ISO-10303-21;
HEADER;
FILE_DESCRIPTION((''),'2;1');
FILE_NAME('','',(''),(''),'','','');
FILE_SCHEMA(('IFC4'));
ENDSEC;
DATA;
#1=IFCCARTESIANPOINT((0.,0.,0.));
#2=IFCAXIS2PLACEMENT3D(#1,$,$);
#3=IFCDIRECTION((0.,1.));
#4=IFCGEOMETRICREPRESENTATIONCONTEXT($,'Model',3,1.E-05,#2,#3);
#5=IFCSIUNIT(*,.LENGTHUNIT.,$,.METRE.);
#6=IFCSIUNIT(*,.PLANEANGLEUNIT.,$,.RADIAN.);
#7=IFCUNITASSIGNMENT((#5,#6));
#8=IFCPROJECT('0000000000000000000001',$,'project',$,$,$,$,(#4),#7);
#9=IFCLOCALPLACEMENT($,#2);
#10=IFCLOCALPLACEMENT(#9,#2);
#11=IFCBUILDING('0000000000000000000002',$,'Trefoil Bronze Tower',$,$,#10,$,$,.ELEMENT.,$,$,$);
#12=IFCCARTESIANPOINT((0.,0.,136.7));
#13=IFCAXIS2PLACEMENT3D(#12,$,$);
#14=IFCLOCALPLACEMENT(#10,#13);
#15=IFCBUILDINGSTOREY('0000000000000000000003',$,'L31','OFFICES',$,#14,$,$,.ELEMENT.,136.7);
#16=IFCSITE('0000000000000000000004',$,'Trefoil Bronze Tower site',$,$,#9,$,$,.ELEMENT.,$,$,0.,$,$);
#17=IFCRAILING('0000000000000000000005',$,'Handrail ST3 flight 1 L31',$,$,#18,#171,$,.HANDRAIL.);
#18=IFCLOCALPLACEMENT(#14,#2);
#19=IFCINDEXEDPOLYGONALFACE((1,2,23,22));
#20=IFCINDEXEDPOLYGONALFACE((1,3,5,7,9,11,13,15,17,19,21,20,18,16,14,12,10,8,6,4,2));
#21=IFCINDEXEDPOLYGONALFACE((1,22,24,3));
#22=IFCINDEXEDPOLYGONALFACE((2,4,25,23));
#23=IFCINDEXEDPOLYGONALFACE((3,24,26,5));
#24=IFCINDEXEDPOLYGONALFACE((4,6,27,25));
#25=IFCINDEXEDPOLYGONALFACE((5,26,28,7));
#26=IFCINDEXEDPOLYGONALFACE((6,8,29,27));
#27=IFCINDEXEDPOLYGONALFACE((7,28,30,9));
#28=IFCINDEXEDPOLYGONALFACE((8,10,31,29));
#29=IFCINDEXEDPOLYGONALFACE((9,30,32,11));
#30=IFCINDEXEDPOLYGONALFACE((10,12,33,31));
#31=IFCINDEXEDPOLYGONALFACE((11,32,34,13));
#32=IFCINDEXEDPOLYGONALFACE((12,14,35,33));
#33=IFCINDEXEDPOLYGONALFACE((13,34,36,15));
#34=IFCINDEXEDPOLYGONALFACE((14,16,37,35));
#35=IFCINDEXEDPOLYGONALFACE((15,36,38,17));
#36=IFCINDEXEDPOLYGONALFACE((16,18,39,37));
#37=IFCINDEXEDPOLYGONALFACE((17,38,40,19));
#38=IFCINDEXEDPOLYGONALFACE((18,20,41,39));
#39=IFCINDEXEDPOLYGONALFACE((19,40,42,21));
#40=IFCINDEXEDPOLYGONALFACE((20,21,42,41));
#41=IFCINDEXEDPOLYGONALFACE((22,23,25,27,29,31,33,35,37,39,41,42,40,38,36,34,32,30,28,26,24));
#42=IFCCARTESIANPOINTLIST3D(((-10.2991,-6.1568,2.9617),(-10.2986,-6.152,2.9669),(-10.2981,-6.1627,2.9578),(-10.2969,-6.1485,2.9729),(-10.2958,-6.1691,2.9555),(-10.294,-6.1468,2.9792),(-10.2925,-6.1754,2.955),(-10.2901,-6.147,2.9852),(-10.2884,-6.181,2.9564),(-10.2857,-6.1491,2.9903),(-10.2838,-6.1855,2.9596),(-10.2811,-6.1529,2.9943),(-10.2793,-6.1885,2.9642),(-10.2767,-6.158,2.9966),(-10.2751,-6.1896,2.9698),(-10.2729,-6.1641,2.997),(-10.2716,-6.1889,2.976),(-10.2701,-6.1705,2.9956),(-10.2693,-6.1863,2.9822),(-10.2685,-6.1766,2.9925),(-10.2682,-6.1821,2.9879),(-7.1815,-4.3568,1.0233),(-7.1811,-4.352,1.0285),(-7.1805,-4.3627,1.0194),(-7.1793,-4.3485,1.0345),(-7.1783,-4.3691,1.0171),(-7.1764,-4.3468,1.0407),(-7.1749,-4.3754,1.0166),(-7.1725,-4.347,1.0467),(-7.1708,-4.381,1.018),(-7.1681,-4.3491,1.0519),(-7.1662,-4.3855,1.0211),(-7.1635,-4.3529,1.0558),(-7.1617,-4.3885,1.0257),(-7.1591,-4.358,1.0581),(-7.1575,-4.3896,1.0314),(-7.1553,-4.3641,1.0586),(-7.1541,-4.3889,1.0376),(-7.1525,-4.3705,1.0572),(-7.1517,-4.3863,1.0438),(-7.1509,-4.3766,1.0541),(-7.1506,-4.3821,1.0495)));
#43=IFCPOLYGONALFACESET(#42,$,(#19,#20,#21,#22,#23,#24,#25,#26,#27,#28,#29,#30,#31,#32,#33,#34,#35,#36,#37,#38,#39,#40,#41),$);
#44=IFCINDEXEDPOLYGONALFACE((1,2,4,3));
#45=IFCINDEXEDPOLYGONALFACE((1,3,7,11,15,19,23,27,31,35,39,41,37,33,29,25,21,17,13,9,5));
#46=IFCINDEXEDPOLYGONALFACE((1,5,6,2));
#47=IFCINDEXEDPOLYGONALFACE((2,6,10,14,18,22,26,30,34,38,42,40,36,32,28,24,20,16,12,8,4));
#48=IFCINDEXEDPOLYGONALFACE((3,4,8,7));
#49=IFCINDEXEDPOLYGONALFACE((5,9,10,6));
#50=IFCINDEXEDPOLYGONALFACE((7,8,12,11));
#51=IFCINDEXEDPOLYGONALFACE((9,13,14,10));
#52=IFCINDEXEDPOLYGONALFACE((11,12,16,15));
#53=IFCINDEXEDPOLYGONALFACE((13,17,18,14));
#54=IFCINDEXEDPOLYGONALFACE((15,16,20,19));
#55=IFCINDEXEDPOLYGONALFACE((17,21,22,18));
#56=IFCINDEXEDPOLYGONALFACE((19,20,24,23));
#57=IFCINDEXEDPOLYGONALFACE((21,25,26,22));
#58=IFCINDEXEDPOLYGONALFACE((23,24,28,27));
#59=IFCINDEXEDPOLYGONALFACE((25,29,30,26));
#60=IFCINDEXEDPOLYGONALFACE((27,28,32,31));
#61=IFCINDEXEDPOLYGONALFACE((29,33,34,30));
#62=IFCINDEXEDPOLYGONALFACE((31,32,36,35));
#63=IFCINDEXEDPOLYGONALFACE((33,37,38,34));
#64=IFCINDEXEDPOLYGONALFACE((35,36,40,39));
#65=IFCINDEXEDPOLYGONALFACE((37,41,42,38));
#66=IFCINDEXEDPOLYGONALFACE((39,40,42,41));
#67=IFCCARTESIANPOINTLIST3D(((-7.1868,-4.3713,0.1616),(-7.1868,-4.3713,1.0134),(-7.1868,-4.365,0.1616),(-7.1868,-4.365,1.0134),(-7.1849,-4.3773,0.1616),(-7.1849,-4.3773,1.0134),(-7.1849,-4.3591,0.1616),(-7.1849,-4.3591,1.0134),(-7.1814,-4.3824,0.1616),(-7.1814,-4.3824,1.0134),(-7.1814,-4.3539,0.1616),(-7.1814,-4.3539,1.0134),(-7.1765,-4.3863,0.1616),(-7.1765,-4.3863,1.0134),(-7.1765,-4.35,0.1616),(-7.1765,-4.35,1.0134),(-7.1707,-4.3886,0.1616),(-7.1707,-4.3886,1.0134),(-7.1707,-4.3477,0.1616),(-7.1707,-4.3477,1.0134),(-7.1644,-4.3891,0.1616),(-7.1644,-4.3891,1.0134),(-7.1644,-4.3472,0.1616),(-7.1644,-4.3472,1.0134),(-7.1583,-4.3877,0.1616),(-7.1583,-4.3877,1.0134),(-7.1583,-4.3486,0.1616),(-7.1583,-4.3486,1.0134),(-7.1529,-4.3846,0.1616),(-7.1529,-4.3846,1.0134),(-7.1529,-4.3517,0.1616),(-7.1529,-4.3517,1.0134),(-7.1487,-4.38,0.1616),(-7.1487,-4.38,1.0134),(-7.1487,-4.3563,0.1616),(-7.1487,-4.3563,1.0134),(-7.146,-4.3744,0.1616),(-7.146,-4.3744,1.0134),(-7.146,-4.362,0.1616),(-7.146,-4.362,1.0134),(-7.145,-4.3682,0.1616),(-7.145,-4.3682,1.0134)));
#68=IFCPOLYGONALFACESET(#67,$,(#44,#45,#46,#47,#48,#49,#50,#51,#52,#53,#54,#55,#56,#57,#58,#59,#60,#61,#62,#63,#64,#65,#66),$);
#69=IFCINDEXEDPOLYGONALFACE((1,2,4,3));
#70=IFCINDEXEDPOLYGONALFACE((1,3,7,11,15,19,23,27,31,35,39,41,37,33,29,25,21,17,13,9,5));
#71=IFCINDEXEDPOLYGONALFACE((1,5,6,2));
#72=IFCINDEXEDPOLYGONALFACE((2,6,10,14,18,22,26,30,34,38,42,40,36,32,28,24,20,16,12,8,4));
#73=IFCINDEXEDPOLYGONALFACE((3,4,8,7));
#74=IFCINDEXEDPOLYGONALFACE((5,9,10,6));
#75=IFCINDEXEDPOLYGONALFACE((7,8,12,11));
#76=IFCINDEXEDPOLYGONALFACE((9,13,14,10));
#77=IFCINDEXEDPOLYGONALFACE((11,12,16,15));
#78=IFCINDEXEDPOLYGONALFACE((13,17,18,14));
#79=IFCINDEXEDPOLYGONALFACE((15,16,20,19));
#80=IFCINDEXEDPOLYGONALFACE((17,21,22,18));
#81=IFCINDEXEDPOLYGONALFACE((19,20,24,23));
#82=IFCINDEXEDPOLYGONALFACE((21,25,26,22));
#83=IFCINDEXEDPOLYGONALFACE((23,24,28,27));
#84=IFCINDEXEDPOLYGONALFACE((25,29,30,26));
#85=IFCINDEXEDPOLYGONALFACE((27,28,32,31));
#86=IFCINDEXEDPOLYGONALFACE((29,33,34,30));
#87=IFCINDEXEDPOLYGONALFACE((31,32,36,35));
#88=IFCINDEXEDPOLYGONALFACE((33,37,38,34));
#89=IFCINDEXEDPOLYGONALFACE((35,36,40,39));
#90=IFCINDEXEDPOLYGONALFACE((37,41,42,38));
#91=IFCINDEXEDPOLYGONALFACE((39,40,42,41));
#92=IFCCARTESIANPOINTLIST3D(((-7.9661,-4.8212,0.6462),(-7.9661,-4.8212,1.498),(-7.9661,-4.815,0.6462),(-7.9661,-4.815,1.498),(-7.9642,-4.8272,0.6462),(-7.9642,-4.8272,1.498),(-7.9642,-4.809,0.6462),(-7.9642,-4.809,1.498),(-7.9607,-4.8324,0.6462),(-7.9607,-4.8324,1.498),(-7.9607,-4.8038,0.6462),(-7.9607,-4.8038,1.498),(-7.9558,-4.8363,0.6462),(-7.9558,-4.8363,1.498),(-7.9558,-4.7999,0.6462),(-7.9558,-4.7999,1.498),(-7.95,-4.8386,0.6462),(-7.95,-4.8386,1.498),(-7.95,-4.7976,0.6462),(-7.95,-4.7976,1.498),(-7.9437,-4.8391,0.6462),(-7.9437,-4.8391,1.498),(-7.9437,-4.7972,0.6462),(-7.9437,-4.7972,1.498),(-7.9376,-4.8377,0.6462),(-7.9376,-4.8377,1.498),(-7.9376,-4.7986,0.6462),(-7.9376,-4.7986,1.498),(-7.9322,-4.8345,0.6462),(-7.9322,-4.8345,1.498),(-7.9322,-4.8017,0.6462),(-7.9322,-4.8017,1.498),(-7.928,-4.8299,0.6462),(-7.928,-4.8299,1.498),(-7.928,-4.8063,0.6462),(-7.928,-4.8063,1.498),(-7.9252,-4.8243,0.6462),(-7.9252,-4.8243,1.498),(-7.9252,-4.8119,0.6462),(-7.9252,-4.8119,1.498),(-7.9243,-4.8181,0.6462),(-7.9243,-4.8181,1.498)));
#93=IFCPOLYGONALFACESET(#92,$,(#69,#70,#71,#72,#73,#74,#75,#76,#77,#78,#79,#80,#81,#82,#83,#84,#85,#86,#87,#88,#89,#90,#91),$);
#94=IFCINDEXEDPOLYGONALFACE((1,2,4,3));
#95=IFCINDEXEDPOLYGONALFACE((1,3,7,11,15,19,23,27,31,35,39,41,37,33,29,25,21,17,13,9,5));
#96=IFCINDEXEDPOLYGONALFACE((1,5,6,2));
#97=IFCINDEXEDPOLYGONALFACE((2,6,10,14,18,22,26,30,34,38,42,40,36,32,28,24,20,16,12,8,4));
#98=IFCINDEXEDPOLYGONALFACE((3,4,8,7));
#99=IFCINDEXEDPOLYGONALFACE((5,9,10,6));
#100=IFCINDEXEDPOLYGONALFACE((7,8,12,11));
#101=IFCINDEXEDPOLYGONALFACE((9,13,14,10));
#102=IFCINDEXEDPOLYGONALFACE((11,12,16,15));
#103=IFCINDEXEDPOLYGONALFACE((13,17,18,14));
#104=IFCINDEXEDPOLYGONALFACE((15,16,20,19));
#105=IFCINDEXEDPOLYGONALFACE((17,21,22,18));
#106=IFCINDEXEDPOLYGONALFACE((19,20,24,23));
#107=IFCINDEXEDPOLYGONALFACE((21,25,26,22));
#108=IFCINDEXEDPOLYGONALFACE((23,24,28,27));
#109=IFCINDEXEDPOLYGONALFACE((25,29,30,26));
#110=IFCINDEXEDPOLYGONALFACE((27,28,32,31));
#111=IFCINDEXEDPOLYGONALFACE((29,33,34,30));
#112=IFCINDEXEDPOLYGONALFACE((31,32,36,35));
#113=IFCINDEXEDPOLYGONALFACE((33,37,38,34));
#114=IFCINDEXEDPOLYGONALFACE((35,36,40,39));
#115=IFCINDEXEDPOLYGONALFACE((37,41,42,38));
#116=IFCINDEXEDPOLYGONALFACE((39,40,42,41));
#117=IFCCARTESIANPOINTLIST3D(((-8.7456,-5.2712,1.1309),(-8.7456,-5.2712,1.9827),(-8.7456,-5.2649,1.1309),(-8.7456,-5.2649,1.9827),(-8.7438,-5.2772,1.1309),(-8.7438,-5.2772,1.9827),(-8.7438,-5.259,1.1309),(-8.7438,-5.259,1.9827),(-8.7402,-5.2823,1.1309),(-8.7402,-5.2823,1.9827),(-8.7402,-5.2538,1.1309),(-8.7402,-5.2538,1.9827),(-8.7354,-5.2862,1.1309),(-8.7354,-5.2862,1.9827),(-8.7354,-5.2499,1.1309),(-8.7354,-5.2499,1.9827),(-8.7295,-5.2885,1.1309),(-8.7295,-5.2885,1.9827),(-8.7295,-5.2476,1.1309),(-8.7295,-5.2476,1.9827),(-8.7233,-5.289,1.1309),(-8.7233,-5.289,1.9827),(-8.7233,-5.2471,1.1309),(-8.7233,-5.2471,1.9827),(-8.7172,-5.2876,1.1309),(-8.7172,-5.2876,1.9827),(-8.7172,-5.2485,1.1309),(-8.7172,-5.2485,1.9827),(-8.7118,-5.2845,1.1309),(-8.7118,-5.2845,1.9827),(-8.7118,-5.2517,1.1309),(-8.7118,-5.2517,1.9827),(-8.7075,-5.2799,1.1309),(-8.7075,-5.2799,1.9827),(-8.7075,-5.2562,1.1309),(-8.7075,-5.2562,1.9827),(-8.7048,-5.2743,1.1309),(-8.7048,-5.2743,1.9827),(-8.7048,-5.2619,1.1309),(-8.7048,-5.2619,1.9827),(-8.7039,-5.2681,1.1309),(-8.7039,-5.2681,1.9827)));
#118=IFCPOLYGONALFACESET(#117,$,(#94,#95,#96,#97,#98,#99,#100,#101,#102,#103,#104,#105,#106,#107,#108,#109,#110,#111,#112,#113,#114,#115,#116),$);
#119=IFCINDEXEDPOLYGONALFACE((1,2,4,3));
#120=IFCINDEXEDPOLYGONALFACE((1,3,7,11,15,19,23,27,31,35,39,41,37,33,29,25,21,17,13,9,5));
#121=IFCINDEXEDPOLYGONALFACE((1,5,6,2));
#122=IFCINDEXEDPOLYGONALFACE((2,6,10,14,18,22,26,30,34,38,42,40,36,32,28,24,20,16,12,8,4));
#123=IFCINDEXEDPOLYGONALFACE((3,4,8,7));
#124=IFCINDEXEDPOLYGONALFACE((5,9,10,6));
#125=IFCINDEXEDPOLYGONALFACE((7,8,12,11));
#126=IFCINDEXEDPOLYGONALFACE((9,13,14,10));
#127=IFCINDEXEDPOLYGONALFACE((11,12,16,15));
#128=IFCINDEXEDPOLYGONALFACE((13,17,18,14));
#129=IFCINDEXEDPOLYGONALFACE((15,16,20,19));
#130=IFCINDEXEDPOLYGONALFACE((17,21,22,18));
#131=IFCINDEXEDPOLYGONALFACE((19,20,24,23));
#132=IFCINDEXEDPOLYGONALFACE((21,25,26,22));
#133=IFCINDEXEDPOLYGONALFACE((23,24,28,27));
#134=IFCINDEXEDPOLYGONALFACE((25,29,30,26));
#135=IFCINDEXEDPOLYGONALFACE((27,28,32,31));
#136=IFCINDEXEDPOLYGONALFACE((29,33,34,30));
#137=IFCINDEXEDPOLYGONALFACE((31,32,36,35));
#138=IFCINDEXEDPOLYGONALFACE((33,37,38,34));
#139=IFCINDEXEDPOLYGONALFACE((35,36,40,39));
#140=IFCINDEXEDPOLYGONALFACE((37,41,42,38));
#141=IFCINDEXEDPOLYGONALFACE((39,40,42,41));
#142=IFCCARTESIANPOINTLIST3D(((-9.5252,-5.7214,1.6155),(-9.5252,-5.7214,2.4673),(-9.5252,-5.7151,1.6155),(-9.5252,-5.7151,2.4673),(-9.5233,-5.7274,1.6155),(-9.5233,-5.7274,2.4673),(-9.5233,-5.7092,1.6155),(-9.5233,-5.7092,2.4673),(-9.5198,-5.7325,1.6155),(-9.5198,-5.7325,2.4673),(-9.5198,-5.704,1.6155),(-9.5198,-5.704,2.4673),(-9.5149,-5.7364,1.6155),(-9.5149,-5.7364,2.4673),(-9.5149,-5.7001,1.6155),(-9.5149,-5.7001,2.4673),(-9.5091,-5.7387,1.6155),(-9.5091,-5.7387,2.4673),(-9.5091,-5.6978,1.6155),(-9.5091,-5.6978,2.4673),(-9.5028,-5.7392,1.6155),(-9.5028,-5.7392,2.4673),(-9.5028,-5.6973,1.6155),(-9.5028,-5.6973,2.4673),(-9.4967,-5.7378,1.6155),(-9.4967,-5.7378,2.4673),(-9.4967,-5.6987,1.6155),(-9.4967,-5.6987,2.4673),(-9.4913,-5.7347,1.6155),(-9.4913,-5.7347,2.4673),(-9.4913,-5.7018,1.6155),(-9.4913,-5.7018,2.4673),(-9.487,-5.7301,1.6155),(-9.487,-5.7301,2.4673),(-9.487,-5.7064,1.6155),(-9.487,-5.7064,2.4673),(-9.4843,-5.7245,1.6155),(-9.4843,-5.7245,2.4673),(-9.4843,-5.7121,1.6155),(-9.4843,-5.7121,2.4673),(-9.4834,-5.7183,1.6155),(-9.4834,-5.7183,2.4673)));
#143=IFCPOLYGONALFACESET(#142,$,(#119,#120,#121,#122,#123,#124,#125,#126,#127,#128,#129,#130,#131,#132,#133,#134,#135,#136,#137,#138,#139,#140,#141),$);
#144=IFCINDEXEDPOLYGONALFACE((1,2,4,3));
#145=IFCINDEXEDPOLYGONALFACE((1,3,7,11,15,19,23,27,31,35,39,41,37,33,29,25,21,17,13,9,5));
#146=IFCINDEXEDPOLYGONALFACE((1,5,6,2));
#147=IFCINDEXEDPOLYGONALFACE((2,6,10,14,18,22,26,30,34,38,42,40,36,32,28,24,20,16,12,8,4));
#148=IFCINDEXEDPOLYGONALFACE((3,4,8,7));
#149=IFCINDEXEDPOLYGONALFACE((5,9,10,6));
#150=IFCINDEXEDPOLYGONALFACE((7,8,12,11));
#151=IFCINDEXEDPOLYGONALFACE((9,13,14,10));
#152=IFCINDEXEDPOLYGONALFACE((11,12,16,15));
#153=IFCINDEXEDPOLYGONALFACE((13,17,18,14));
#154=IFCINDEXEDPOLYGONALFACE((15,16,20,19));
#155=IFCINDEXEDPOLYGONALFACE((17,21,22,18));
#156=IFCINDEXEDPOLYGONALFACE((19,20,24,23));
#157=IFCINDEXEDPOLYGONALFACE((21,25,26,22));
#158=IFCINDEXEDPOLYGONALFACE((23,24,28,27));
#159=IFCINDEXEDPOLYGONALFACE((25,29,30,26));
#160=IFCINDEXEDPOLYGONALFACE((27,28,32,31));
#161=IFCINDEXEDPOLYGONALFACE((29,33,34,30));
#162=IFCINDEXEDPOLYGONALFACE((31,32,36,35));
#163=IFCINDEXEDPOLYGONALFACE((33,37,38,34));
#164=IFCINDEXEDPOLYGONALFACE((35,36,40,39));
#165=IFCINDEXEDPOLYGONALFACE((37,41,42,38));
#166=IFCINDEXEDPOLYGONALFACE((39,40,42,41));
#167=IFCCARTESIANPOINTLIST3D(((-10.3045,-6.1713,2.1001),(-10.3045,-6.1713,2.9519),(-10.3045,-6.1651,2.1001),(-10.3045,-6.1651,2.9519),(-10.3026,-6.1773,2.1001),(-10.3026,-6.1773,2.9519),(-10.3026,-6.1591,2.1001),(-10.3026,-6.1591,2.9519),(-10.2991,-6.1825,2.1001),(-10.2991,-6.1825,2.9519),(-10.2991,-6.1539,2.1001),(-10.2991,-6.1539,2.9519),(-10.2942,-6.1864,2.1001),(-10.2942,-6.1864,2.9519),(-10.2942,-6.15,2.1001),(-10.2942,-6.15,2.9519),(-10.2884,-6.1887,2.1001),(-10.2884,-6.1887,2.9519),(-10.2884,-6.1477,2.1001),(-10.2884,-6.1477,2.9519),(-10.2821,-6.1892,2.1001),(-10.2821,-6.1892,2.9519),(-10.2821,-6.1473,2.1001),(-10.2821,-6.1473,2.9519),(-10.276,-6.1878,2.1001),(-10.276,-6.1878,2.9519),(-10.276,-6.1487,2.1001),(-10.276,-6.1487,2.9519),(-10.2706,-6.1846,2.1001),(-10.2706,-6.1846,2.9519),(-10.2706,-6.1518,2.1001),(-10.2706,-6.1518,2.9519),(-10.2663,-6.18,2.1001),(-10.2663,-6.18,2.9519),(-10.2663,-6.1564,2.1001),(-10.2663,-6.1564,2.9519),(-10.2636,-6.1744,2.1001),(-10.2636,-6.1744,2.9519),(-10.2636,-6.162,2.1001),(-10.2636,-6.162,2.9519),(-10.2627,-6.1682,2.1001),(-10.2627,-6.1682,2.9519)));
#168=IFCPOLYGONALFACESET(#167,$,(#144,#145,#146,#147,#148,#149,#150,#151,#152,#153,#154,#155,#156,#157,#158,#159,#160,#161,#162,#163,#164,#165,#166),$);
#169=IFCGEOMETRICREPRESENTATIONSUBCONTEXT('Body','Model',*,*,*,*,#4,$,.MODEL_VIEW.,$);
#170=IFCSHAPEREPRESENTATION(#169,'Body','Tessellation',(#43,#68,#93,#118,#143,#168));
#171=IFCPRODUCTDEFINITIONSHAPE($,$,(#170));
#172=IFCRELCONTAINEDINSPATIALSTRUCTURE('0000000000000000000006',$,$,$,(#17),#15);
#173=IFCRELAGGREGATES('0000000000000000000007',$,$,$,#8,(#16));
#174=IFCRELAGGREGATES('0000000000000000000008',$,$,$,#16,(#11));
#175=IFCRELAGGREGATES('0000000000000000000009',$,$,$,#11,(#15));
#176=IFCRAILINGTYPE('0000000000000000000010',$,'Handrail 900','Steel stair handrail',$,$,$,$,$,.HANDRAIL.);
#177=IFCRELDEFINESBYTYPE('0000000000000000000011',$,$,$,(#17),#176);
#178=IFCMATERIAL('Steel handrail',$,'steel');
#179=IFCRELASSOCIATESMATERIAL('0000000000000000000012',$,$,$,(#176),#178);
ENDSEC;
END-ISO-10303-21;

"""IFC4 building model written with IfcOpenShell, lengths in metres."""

from ifc_helpers import new_model, si_unit, direction, frame, origin, origin_2d, place, context, subcontext, project, spatial, circle, extrude, material, type_object, element, save


model = new_model("IFC4")

# Units and contexts
model_context = context("Model", 3, precision=1e-05, world=origin(), true_north=direction((0.0, 1.0)))
body_context = subcontext(model_context, "Body", "Model", "MODEL_VIEW")
ifc_project = project(units=[si_unit("LENGTHUNIT", "METRE"), si_unit("PLANEANGLEUNIT", "RADIAN")], contexts=[model_context])

# Site, building, storey
site_placement = place(None, origin())
site = spatial("IfcSite", under=ifc_project, at=site_placement, Name="Trefoil Bronze Tower site", CompositionType="ELEMENT", RefElevation=0.0)
building_placement = place(site_placement, origin())
building = spatial("IfcBuilding", under=site, at=building_placement, Name="Trefoil Bronze Tower", CompositionType="ELEMENT")
storey_placement = place(building_placement, frame((0.0, 0.0, 136.7)))
storey = spatial("IfcBuildingStorey", under=building, at=storey_placement, Name="L31", Description="OFFICES", CompositionType="ELEMENT", Elevation=136.7)

# Railing
ifc_material_1 = material(Name="Steel handrail", Category="steel")
railing_type = type_object("IfcRailingType", Name="Handrail 900", Description="Steel stair handrail", PredefinedType="HANDRAIL", material=ifc_material_1)
railing_1_placement = place(storey_placement, frame((-7.166, -4.3682, 0.1616)))
element("IfcRailing", 1, at=railing_1_placement, inside=storey, type_object=railing_type, Name="Handrail ST3 flight 1 L31", PredefinedType="HANDRAIL", context=body_context, shape_type="SweptSolid", body=[
    extrude(circle(Radius=0.0239, at=origin_2d()), frame((0.0, 0.0, 0.876), z_axis=(-0.762503, -0.440246, 0.474102), x_axis=(0.500012, -0.866018, 0.0)), (0.0, 0.0, 1.0), 4.0886),
    extrude(circle(Radius=0.021, at=origin_2d()), origin(), (0.0, 0.0, 1.0), 0.8518),
    extrude(circle(Radius=0.021, at=origin_2d()), frame((-0.7793, -0.45, 0.4846)), (0.0, 0.0, 1.0), 0.8518),
    extrude(circle(Radius=0.021, at=origin_2d()), frame((-1.5588, -0.8999, 0.9692)), (0.0, 0.0, 1.0), 0.8518),
    extrude(circle(Radius=0.021, at=origin_2d()), frame((-2.3384, -1.3501, 1.4539)), (0.0, 0.0, 1.0), 0.8518),
    extrude(circle(Radius=0.021, at=origin_2d()), frame((-3.1177, -1.8, 1.9385)), (0.0, 0.0, 1.0), 0.8518),
])

save(model, "model.ifc")
